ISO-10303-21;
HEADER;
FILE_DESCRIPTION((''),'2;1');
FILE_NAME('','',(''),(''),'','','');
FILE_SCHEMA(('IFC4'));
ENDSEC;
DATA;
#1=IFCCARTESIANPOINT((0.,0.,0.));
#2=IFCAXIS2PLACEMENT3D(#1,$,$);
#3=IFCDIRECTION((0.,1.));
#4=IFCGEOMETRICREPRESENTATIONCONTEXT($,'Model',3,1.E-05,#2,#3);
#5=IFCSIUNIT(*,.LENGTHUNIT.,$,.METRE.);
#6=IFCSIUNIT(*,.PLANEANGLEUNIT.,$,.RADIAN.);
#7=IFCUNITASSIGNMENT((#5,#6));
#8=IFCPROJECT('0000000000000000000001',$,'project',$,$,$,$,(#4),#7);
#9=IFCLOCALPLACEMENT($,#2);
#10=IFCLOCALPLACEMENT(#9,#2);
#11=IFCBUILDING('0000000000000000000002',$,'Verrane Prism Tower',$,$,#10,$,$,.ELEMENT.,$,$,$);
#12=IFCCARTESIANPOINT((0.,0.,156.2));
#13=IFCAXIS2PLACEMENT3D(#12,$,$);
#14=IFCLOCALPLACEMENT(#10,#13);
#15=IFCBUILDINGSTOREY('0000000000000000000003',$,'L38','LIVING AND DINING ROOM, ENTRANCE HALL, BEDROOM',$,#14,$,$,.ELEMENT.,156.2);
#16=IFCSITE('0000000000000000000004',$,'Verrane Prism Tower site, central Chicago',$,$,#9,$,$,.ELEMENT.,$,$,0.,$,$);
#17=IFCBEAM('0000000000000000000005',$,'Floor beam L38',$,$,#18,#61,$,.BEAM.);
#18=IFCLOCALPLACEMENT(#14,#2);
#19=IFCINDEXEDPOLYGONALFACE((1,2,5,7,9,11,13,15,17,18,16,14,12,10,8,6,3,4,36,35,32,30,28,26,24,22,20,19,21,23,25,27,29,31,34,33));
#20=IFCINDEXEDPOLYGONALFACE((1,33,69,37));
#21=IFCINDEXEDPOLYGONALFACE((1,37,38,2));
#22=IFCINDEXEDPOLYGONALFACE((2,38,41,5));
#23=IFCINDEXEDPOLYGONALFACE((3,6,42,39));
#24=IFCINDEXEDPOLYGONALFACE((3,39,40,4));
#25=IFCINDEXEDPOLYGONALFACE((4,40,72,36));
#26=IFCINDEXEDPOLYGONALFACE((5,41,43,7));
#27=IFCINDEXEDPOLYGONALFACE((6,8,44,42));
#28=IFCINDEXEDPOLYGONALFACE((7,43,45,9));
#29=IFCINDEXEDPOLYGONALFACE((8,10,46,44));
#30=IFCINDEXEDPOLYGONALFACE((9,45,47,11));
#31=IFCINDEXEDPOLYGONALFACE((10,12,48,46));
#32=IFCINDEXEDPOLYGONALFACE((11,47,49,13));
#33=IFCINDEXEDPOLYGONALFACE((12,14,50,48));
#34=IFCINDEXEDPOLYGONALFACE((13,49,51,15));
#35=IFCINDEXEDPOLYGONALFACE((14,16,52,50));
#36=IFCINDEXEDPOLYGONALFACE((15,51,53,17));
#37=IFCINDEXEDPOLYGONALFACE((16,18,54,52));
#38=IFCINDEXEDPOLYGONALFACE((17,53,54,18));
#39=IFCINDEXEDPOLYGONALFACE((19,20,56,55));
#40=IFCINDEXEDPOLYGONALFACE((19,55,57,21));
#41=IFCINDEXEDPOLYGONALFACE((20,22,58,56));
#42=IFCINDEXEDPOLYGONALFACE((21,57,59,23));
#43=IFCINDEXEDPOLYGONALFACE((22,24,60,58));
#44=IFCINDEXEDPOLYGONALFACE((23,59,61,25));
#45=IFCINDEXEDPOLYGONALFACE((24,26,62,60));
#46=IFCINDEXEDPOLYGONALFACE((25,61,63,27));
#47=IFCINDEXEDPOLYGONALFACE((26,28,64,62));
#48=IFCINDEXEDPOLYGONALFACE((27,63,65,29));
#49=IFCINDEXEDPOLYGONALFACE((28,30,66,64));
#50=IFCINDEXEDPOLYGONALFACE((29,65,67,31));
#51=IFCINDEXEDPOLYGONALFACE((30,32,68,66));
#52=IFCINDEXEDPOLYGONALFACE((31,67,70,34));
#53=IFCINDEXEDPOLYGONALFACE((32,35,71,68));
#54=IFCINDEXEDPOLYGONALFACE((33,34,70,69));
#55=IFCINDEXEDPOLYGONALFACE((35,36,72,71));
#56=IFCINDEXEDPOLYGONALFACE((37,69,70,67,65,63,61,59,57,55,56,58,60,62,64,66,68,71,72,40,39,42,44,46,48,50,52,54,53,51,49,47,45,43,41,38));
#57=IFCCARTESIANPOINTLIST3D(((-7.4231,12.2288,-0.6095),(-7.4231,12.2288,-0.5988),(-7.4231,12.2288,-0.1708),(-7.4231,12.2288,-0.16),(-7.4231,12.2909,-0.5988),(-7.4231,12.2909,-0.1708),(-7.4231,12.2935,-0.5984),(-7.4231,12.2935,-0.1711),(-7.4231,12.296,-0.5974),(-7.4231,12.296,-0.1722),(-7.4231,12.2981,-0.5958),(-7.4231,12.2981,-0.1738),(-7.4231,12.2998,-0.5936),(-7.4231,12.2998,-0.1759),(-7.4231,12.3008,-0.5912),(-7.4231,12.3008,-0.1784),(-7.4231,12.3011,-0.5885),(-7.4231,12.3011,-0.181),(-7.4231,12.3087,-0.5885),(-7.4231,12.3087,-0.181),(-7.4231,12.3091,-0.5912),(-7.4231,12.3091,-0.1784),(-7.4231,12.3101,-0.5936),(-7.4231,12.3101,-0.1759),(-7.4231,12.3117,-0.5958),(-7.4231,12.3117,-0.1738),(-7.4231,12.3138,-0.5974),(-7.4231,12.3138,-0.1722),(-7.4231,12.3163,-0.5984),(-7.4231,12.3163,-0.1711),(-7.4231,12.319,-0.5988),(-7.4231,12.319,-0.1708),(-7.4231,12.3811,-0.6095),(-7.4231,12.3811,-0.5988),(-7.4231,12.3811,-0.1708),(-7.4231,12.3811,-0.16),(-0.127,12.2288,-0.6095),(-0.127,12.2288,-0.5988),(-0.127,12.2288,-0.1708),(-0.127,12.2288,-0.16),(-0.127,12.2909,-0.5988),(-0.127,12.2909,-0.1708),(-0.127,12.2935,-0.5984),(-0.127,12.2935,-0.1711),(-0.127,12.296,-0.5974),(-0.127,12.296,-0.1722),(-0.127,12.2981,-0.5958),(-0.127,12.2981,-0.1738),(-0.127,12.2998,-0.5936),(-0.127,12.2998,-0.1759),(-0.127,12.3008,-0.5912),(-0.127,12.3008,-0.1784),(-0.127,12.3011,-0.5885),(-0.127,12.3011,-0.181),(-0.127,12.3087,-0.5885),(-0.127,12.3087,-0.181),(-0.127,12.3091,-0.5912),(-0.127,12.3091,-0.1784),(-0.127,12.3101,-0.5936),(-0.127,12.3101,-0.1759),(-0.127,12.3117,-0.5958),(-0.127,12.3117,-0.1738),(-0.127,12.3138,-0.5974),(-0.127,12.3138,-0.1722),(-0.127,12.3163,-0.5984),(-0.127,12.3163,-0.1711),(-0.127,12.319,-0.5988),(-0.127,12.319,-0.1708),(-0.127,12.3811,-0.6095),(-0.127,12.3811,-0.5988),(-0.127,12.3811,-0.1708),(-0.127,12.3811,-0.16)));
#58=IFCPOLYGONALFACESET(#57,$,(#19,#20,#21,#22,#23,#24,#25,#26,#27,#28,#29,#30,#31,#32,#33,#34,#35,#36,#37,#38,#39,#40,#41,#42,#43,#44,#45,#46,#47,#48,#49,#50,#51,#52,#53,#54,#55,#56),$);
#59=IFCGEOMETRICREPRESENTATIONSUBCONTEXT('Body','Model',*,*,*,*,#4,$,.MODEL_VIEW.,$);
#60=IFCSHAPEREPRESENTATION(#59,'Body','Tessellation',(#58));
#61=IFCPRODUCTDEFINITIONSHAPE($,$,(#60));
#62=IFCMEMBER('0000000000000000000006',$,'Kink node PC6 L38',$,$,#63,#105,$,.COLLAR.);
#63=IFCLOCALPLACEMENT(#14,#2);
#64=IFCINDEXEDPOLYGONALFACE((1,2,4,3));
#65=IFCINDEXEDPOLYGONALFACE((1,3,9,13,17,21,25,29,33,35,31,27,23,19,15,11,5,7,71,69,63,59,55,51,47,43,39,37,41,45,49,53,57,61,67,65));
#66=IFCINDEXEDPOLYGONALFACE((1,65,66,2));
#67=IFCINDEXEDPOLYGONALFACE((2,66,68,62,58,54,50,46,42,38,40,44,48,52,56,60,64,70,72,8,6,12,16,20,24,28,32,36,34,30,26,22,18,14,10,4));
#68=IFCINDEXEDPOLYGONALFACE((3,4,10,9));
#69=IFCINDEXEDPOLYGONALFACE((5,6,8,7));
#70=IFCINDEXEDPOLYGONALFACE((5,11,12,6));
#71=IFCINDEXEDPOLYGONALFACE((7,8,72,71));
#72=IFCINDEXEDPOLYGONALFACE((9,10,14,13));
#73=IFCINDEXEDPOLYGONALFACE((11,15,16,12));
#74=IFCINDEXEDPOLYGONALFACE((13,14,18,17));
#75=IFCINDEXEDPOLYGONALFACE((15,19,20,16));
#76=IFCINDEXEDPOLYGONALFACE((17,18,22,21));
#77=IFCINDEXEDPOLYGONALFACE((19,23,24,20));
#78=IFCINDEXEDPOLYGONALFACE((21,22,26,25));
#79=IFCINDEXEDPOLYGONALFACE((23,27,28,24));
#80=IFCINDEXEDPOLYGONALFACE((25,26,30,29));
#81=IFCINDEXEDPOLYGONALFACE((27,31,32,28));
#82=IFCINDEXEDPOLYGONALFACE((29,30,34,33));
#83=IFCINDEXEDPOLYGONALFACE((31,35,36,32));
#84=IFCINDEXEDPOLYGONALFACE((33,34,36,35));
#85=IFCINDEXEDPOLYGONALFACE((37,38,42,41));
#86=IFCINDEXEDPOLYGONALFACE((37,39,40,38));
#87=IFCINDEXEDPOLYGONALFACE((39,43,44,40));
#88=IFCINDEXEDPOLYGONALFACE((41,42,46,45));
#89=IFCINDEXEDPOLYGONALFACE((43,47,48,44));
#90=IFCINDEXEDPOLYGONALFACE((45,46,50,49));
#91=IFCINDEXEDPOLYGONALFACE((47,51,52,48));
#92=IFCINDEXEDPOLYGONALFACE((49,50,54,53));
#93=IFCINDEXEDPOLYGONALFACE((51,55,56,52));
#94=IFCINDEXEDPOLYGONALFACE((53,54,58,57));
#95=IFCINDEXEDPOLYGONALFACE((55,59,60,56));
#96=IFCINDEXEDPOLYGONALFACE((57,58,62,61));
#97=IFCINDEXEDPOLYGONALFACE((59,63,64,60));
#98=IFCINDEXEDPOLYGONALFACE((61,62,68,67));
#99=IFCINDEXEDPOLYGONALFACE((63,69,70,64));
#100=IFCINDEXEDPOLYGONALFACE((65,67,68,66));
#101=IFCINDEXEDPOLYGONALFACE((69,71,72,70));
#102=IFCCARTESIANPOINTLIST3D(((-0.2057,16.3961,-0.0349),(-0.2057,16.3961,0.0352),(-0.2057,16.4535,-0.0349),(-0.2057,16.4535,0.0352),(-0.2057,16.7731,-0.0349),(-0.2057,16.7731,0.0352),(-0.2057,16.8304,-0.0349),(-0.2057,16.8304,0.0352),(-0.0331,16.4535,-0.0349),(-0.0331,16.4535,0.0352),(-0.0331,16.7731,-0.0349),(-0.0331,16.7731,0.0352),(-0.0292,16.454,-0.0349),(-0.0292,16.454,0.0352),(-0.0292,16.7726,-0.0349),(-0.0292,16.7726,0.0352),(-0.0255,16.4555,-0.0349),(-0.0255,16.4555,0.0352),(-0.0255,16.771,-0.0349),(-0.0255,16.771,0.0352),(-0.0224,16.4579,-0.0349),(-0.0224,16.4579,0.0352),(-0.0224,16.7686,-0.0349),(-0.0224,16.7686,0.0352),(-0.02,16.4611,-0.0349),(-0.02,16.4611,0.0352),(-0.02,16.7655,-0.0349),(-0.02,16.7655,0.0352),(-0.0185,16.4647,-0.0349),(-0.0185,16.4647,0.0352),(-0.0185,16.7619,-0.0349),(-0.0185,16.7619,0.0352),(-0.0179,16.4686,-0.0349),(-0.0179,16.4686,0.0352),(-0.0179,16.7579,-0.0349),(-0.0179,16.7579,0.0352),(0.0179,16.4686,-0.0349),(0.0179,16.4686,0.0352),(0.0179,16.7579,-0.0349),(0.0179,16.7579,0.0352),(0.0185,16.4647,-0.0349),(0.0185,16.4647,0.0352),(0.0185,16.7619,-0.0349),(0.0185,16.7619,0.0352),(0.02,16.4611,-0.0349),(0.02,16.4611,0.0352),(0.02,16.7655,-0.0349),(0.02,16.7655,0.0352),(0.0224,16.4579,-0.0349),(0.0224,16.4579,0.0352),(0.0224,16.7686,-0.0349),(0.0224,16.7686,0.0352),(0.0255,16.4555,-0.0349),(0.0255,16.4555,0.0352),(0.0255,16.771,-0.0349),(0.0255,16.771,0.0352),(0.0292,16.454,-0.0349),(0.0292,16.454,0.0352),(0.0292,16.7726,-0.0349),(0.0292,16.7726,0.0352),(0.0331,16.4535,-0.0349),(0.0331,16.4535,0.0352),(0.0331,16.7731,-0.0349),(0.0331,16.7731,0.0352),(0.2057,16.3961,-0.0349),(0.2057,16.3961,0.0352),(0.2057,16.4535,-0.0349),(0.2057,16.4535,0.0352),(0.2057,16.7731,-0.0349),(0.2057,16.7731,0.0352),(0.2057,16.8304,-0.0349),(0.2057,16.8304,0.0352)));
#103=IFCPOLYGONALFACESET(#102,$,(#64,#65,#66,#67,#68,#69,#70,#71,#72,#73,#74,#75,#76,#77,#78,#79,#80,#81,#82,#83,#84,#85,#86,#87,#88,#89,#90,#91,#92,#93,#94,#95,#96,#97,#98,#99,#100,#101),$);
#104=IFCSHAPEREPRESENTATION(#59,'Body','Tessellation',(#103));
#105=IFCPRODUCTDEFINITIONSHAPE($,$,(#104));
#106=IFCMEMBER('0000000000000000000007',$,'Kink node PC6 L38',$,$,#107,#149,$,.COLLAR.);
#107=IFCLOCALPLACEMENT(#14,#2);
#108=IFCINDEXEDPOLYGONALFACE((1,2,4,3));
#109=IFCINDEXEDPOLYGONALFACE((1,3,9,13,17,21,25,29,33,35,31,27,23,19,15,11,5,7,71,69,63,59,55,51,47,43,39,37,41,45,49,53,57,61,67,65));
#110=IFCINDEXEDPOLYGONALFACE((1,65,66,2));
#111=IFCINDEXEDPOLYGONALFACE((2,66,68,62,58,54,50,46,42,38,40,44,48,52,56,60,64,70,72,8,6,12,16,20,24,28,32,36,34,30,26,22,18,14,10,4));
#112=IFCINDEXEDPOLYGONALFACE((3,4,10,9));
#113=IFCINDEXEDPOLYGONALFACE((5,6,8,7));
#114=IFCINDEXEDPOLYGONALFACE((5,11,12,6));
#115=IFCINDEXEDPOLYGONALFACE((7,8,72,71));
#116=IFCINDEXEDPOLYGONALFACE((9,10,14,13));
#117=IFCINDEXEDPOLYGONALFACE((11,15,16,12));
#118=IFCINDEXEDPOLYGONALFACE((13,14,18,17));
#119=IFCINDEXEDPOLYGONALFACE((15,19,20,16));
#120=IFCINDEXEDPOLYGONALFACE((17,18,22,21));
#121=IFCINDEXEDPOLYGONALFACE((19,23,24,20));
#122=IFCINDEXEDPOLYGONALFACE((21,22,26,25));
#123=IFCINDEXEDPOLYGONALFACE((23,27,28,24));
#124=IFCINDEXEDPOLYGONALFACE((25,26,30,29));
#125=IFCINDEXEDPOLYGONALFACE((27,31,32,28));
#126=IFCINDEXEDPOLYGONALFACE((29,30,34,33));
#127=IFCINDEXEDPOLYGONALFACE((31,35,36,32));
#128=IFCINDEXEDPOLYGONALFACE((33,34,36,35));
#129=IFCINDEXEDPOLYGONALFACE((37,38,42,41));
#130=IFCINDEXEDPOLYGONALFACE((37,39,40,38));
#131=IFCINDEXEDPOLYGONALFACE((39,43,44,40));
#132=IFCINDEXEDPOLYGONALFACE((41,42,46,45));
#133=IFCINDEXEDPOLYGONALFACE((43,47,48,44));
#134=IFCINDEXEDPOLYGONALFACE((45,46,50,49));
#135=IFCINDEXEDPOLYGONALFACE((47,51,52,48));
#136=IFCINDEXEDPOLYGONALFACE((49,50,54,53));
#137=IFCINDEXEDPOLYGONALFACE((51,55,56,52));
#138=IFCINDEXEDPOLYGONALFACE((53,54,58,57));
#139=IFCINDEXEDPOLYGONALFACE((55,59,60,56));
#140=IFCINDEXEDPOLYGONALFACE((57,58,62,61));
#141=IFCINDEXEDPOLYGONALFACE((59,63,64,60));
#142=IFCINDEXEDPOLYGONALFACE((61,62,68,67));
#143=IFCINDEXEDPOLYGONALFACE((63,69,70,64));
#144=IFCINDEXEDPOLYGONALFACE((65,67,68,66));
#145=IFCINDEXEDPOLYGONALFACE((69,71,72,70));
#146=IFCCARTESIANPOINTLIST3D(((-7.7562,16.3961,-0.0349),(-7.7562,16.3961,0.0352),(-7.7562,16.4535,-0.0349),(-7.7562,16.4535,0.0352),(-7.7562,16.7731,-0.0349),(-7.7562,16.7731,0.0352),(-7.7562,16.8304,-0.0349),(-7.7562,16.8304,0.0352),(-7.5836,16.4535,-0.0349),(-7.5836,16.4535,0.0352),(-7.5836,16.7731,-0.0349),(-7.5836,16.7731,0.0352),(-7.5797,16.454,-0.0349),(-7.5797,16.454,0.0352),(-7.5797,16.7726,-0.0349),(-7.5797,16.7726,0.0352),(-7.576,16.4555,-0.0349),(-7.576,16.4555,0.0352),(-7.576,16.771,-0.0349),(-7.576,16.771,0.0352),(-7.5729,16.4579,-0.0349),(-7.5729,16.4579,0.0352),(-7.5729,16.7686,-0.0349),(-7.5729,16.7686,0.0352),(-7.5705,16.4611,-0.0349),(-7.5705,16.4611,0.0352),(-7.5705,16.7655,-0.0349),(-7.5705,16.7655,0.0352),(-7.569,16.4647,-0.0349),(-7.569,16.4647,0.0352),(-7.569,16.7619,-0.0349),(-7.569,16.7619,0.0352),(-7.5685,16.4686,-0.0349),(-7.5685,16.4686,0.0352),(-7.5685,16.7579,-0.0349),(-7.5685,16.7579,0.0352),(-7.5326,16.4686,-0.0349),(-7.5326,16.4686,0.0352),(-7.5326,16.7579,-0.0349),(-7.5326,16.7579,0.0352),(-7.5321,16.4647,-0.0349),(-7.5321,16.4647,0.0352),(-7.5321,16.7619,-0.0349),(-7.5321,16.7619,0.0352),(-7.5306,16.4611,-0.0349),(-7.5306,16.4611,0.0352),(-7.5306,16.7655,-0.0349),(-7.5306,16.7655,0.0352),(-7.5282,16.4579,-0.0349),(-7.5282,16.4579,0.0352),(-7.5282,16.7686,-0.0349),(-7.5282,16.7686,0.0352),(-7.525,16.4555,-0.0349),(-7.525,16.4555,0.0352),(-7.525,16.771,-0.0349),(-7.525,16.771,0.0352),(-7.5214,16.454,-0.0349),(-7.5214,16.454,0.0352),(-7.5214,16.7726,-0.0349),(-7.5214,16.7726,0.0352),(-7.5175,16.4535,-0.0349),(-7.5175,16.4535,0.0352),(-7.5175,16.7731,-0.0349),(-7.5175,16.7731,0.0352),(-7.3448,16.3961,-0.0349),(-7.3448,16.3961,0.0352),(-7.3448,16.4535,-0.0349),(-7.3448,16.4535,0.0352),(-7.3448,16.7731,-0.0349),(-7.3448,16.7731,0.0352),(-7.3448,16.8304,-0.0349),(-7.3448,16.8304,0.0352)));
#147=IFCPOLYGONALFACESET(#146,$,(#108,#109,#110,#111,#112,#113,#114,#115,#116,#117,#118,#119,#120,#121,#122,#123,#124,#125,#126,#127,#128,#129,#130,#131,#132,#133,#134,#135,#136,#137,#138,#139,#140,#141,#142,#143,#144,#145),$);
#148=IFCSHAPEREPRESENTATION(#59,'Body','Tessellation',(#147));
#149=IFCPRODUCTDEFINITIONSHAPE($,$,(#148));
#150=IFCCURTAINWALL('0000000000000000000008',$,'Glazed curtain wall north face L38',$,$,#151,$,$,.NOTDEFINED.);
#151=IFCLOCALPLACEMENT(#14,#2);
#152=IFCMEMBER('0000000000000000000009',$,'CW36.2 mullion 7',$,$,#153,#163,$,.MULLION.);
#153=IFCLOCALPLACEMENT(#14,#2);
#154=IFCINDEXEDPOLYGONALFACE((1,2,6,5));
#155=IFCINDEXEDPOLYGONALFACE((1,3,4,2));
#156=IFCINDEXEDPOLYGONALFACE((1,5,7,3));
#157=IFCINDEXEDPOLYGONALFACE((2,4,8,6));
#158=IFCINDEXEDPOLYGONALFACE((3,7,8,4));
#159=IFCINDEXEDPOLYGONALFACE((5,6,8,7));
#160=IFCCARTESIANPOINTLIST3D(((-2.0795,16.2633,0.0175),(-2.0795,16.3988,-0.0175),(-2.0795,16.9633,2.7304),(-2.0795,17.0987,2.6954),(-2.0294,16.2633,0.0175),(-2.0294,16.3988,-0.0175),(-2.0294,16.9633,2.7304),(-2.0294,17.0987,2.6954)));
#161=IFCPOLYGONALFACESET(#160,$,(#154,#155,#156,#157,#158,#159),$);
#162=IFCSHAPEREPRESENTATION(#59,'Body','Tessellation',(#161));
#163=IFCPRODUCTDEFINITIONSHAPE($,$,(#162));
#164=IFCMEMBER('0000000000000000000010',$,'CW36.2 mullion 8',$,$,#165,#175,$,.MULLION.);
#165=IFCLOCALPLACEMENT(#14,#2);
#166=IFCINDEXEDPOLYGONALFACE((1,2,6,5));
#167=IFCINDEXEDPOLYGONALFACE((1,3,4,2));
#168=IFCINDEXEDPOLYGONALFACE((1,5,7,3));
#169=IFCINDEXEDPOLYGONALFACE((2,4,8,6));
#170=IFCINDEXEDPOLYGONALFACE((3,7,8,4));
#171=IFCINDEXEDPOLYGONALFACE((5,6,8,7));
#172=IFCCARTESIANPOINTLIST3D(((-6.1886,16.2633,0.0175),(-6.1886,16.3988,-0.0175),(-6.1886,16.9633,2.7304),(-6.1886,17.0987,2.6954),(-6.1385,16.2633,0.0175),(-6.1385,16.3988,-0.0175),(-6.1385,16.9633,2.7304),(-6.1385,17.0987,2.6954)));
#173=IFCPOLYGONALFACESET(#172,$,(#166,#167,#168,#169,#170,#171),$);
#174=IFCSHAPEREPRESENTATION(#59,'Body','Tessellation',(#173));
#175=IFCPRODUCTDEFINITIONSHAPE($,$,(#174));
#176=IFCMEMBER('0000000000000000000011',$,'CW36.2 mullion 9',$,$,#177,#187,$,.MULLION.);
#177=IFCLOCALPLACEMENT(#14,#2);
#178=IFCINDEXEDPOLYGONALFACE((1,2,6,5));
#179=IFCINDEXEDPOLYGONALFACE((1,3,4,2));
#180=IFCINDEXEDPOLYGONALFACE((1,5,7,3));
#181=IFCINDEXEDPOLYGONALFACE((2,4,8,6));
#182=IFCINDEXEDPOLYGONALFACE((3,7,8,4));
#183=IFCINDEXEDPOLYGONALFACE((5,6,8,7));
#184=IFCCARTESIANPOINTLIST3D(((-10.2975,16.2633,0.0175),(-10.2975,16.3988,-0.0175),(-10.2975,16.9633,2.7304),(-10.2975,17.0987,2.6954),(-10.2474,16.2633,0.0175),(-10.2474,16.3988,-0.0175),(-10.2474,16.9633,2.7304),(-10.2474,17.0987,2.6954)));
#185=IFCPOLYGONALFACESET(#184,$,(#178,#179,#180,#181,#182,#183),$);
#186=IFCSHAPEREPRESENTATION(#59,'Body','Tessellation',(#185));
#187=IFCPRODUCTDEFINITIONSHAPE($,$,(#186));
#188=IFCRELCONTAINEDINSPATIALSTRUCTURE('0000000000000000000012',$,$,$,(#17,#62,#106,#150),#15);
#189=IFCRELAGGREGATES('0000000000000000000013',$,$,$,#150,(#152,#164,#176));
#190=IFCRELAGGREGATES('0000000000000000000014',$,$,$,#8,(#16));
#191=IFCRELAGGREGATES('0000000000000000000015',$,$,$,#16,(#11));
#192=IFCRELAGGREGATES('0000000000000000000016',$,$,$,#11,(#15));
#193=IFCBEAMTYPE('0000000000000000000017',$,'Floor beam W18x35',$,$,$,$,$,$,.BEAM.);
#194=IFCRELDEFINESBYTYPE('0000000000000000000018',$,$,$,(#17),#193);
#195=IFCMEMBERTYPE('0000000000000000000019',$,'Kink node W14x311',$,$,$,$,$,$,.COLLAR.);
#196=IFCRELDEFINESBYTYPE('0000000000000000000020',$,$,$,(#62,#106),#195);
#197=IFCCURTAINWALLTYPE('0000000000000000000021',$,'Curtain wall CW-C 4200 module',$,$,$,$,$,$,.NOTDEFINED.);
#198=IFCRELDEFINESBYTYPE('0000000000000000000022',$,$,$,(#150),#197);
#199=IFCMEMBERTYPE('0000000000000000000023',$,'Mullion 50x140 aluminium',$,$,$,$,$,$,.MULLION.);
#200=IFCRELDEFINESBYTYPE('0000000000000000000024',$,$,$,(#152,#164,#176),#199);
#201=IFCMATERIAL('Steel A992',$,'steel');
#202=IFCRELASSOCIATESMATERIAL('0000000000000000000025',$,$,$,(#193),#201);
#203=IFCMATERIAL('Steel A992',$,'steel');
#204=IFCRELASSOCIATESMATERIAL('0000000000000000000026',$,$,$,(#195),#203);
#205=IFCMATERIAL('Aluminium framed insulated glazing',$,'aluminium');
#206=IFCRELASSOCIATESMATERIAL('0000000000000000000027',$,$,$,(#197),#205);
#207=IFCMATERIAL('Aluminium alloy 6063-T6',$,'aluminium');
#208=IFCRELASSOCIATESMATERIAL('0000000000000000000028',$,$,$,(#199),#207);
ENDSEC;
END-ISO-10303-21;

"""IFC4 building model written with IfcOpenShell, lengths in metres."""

from ifc_helpers import new_model, si_unit, direction, frame, origin, origin_2d, place, context, subcontext, project, spatial, rectangle, i_section, extrude, material, material_profile, profile_set, type_object, element, aggregate, save


model = new_model("IFC4")

# Units and contexts
model_context = context("Model", 3, precision=1e-05, world=origin(), true_north=direction((0.0, 1.0)))
body_context = subcontext(model_context, "Body", "Model", "MODEL_VIEW")
ifc_project = project(units=[si_unit("LENGTHUNIT", "METRE"), si_unit("PLANEANGLEUNIT", "RADIAN")], contexts=[model_context])

# Site, building, storey
site_placement = place(None, origin())
site = spatial("IfcSite", under=ifc_project, at=site_placement, Name="Verrane Prism Tower site, central Chicago", CompositionType="ELEMENT", RefElevation=0.0)
building_placement = place(site_placement, origin())
building = spatial("IfcBuilding", under=site, at=building_placement, Name="Verrane Prism Tower", CompositionType="ELEMENT")
storey_placement = place(building_placement, frame((0.0, 0.0, 156.2)))
storey = spatial("IfcBuildingStorey", under=building, at=storey_placement, Name="L38", Description="LIVING AND DINING ROOM, ENTRANCE HALL, BEDROOM", CompositionType="ELEMENT", Elevation=156.2)

# Beam
ifc_material_1 = material(Name="Steel A992", Category="steel")
ifc_material_profile_1 = material_profile(ifc_material_1, i_section(OverallWidth=0.1523, OverallDepth=0.4495, WebThickness=0.0076, FlangeThickness=0.0107, FilletRadius=0.0103, at=origin_2d()), Name="W18x35")
ifc_profile_set_1 = profile_set([ifc_material_profile_1], Name="Steel A992")
beam_type_1 = type_object("IfcBeamType", Name="Floor beam W18x35", PredefinedType="BEAM", material=ifc_profile_set_1)
beam_1_placement = place(storey_placement, frame((-7.4231, 12.3049, -0.3848), z_axis=(1.0, 0.0, 0.0), x_axis=(0.0, 1.0, 0.0)))
element("IfcBeam", 1, at=beam_1_placement, inside=storey, type_object=beam_type_1, Name="Floor beam L38", PredefinedType="BEAM", context=body_context, shape_type="SweptSolid", body=[
    extrude(i_section(OverallWidth=0.1523, OverallDepth=0.4495, WebThickness=0.0076, FlangeThickness=0.0107, FilletRadius=0.0103, at=origin_2d()), origin(), (0.0, 0.0, 1.0), 7.2961),
])

# Members
ifc_material_2 = material(Name="Steel A992", Category="steel")
ifc_material_profile_2 = material_profile(ifc_material_2, i_section(OverallWidth=0.4114, OverallDepth=0.4343, WebThickness=0.0359, FlangeThickness=0.0574, FilletRadius=0.0151, at=origin_2d()), Name="W14x311")
ifc_profile_set_2 = profile_set([ifc_material_profile_2], Name="Steel A992")
member_type_1 = type_object("IfcMemberType", Name="Kink node W14x311", PredefinedType="COLLAR", material=ifc_profile_set_2)
for number, where, z_axis, x_axis, name in (
    (2, (0.0, 16.6133, -0.0349), (0.0, 0.0, 1.0), (1.0, 0.0, 0.0), "Kink node PC6 L38"),
    (3, (-7.5505, 16.6133, -0.0349), (0.0, 0.0, 1.0), (1.0, 0.0, 0.0), "Kink node PC6 L38"),
):
    element("IfcMember", number, at=place(storey_placement, frame(where, z_axis=z_axis, x_axis=x_axis)), inside=storey, type_object=member_type_1, Name=name, PredefinedType="COLLAR", context=body_context, shape_type="SweptSolid", body=[
        extrude(i_section(OverallWidth=0.4114, OverallDepth=0.4343, WebThickness=0.0359, FlangeThickness=0.0574, FilletRadius=0.0151, at=origin_2d()), origin(), (0.0, 0.0, 1.0), 0.0701),
    ])

# Curtain wall, members
ifc_material_3 = material(Name="Aluminium framed insulated glazing", Category="aluminium")
curtain_wall_type = type_object("IfcCurtainWallType", Name="Curtain wall CW-C 4200 module", PredefinedType="NOTDEFINED", material=ifc_material_3)
curtain_wall_placement = place(storey_placement, origin())
curtain_wall = element("IfcCurtainWall", 4, at=curtain_wall_placement, inside=storey, type_object=curtain_wall_type, Name="Glazed curtain wall north face L38", PredefinedType="NOTDEFINED")
ifc_material_4 = material(Name="Aluminium alloy 6063-T6", Category="aluminium")
ifc_material_profile_3 = material_profile(ifc_material_4, rectangle(XDim=0.1399, YDim=0.05, at=origin_2d()), Name="Mullion 50x140 aluminium")
ifc_profile_set_3 = profile_set([ifc_material_profile_3], Name="Aluminium alloy 6063-T6")
member_type_2 = type_object("IfcMemberType", Name="Mullion 50x140 aluminium", PredefinedType="MULLION", material=ifc_profile_set_3)
member_1_placement = place(storey_placement, frame((-2.0544, 16.3311, 0.0), z_axis=(0.0, 0.249828, 0.96829), x_axis=(0.0, 0.96829, -0.249828)))
member_1 = element("IfcMember", 5, at=member_1_placement, type_object=member_type_2, Name="CW36.2 mullion 7", PredefinedType="MULLION", context=body_context, shape_type="SweptSolid", body=[
    extrude(rectangle(XDim=0.1399, YDim=0.05, at=origin_2d()), origin(), (0.0, 0.0, 1.0), 2.8018),
])
member_2_placement = place(storey_placement, frame((-6.1636, 16.3311, 0.0), z_axis=(0.0, 0.249828, 0.96829), x_axis=(0.0, 0.96829, -0.249828)))
member_2 = element("IfcMember", 6, at=member_2_placement, type_object=member_type_2, Name="CW36.2 mullion 8", PredefinedType="MULLION", context=body_context, shape_type="SweptSolid", body=[
    extrude(rectangle(XDim=0.1399, YDim=0.05, at=origin_2d()), origin(), (0.0, 0.0, 1.0), 2.8018),
])
member_3_placement = place(storey_placement, frame((-10.2725, 16.3311, 0.0), z_axis=(0.0, 0.249828, 0.96829), x_axis=(0.0, 0.96829, -0.249828)))
member_3 = element("IfcMember", 7, at=member_3_placement, type_object=member_type_2, Name="CW36.2 mullion 9", PredefinedType="MULLION", context=body_context, shape_type="SweptSolid", body=[
    extrude(rectangle(XDim=0.1399, YDim=0.05, at=origin_2d()), origin(), (0.0, 0.0, 1.0), 2.8018),
])

aggregate(curtain_wall, [member_1, member_2, member_3])

save(model, "model.ifc")
